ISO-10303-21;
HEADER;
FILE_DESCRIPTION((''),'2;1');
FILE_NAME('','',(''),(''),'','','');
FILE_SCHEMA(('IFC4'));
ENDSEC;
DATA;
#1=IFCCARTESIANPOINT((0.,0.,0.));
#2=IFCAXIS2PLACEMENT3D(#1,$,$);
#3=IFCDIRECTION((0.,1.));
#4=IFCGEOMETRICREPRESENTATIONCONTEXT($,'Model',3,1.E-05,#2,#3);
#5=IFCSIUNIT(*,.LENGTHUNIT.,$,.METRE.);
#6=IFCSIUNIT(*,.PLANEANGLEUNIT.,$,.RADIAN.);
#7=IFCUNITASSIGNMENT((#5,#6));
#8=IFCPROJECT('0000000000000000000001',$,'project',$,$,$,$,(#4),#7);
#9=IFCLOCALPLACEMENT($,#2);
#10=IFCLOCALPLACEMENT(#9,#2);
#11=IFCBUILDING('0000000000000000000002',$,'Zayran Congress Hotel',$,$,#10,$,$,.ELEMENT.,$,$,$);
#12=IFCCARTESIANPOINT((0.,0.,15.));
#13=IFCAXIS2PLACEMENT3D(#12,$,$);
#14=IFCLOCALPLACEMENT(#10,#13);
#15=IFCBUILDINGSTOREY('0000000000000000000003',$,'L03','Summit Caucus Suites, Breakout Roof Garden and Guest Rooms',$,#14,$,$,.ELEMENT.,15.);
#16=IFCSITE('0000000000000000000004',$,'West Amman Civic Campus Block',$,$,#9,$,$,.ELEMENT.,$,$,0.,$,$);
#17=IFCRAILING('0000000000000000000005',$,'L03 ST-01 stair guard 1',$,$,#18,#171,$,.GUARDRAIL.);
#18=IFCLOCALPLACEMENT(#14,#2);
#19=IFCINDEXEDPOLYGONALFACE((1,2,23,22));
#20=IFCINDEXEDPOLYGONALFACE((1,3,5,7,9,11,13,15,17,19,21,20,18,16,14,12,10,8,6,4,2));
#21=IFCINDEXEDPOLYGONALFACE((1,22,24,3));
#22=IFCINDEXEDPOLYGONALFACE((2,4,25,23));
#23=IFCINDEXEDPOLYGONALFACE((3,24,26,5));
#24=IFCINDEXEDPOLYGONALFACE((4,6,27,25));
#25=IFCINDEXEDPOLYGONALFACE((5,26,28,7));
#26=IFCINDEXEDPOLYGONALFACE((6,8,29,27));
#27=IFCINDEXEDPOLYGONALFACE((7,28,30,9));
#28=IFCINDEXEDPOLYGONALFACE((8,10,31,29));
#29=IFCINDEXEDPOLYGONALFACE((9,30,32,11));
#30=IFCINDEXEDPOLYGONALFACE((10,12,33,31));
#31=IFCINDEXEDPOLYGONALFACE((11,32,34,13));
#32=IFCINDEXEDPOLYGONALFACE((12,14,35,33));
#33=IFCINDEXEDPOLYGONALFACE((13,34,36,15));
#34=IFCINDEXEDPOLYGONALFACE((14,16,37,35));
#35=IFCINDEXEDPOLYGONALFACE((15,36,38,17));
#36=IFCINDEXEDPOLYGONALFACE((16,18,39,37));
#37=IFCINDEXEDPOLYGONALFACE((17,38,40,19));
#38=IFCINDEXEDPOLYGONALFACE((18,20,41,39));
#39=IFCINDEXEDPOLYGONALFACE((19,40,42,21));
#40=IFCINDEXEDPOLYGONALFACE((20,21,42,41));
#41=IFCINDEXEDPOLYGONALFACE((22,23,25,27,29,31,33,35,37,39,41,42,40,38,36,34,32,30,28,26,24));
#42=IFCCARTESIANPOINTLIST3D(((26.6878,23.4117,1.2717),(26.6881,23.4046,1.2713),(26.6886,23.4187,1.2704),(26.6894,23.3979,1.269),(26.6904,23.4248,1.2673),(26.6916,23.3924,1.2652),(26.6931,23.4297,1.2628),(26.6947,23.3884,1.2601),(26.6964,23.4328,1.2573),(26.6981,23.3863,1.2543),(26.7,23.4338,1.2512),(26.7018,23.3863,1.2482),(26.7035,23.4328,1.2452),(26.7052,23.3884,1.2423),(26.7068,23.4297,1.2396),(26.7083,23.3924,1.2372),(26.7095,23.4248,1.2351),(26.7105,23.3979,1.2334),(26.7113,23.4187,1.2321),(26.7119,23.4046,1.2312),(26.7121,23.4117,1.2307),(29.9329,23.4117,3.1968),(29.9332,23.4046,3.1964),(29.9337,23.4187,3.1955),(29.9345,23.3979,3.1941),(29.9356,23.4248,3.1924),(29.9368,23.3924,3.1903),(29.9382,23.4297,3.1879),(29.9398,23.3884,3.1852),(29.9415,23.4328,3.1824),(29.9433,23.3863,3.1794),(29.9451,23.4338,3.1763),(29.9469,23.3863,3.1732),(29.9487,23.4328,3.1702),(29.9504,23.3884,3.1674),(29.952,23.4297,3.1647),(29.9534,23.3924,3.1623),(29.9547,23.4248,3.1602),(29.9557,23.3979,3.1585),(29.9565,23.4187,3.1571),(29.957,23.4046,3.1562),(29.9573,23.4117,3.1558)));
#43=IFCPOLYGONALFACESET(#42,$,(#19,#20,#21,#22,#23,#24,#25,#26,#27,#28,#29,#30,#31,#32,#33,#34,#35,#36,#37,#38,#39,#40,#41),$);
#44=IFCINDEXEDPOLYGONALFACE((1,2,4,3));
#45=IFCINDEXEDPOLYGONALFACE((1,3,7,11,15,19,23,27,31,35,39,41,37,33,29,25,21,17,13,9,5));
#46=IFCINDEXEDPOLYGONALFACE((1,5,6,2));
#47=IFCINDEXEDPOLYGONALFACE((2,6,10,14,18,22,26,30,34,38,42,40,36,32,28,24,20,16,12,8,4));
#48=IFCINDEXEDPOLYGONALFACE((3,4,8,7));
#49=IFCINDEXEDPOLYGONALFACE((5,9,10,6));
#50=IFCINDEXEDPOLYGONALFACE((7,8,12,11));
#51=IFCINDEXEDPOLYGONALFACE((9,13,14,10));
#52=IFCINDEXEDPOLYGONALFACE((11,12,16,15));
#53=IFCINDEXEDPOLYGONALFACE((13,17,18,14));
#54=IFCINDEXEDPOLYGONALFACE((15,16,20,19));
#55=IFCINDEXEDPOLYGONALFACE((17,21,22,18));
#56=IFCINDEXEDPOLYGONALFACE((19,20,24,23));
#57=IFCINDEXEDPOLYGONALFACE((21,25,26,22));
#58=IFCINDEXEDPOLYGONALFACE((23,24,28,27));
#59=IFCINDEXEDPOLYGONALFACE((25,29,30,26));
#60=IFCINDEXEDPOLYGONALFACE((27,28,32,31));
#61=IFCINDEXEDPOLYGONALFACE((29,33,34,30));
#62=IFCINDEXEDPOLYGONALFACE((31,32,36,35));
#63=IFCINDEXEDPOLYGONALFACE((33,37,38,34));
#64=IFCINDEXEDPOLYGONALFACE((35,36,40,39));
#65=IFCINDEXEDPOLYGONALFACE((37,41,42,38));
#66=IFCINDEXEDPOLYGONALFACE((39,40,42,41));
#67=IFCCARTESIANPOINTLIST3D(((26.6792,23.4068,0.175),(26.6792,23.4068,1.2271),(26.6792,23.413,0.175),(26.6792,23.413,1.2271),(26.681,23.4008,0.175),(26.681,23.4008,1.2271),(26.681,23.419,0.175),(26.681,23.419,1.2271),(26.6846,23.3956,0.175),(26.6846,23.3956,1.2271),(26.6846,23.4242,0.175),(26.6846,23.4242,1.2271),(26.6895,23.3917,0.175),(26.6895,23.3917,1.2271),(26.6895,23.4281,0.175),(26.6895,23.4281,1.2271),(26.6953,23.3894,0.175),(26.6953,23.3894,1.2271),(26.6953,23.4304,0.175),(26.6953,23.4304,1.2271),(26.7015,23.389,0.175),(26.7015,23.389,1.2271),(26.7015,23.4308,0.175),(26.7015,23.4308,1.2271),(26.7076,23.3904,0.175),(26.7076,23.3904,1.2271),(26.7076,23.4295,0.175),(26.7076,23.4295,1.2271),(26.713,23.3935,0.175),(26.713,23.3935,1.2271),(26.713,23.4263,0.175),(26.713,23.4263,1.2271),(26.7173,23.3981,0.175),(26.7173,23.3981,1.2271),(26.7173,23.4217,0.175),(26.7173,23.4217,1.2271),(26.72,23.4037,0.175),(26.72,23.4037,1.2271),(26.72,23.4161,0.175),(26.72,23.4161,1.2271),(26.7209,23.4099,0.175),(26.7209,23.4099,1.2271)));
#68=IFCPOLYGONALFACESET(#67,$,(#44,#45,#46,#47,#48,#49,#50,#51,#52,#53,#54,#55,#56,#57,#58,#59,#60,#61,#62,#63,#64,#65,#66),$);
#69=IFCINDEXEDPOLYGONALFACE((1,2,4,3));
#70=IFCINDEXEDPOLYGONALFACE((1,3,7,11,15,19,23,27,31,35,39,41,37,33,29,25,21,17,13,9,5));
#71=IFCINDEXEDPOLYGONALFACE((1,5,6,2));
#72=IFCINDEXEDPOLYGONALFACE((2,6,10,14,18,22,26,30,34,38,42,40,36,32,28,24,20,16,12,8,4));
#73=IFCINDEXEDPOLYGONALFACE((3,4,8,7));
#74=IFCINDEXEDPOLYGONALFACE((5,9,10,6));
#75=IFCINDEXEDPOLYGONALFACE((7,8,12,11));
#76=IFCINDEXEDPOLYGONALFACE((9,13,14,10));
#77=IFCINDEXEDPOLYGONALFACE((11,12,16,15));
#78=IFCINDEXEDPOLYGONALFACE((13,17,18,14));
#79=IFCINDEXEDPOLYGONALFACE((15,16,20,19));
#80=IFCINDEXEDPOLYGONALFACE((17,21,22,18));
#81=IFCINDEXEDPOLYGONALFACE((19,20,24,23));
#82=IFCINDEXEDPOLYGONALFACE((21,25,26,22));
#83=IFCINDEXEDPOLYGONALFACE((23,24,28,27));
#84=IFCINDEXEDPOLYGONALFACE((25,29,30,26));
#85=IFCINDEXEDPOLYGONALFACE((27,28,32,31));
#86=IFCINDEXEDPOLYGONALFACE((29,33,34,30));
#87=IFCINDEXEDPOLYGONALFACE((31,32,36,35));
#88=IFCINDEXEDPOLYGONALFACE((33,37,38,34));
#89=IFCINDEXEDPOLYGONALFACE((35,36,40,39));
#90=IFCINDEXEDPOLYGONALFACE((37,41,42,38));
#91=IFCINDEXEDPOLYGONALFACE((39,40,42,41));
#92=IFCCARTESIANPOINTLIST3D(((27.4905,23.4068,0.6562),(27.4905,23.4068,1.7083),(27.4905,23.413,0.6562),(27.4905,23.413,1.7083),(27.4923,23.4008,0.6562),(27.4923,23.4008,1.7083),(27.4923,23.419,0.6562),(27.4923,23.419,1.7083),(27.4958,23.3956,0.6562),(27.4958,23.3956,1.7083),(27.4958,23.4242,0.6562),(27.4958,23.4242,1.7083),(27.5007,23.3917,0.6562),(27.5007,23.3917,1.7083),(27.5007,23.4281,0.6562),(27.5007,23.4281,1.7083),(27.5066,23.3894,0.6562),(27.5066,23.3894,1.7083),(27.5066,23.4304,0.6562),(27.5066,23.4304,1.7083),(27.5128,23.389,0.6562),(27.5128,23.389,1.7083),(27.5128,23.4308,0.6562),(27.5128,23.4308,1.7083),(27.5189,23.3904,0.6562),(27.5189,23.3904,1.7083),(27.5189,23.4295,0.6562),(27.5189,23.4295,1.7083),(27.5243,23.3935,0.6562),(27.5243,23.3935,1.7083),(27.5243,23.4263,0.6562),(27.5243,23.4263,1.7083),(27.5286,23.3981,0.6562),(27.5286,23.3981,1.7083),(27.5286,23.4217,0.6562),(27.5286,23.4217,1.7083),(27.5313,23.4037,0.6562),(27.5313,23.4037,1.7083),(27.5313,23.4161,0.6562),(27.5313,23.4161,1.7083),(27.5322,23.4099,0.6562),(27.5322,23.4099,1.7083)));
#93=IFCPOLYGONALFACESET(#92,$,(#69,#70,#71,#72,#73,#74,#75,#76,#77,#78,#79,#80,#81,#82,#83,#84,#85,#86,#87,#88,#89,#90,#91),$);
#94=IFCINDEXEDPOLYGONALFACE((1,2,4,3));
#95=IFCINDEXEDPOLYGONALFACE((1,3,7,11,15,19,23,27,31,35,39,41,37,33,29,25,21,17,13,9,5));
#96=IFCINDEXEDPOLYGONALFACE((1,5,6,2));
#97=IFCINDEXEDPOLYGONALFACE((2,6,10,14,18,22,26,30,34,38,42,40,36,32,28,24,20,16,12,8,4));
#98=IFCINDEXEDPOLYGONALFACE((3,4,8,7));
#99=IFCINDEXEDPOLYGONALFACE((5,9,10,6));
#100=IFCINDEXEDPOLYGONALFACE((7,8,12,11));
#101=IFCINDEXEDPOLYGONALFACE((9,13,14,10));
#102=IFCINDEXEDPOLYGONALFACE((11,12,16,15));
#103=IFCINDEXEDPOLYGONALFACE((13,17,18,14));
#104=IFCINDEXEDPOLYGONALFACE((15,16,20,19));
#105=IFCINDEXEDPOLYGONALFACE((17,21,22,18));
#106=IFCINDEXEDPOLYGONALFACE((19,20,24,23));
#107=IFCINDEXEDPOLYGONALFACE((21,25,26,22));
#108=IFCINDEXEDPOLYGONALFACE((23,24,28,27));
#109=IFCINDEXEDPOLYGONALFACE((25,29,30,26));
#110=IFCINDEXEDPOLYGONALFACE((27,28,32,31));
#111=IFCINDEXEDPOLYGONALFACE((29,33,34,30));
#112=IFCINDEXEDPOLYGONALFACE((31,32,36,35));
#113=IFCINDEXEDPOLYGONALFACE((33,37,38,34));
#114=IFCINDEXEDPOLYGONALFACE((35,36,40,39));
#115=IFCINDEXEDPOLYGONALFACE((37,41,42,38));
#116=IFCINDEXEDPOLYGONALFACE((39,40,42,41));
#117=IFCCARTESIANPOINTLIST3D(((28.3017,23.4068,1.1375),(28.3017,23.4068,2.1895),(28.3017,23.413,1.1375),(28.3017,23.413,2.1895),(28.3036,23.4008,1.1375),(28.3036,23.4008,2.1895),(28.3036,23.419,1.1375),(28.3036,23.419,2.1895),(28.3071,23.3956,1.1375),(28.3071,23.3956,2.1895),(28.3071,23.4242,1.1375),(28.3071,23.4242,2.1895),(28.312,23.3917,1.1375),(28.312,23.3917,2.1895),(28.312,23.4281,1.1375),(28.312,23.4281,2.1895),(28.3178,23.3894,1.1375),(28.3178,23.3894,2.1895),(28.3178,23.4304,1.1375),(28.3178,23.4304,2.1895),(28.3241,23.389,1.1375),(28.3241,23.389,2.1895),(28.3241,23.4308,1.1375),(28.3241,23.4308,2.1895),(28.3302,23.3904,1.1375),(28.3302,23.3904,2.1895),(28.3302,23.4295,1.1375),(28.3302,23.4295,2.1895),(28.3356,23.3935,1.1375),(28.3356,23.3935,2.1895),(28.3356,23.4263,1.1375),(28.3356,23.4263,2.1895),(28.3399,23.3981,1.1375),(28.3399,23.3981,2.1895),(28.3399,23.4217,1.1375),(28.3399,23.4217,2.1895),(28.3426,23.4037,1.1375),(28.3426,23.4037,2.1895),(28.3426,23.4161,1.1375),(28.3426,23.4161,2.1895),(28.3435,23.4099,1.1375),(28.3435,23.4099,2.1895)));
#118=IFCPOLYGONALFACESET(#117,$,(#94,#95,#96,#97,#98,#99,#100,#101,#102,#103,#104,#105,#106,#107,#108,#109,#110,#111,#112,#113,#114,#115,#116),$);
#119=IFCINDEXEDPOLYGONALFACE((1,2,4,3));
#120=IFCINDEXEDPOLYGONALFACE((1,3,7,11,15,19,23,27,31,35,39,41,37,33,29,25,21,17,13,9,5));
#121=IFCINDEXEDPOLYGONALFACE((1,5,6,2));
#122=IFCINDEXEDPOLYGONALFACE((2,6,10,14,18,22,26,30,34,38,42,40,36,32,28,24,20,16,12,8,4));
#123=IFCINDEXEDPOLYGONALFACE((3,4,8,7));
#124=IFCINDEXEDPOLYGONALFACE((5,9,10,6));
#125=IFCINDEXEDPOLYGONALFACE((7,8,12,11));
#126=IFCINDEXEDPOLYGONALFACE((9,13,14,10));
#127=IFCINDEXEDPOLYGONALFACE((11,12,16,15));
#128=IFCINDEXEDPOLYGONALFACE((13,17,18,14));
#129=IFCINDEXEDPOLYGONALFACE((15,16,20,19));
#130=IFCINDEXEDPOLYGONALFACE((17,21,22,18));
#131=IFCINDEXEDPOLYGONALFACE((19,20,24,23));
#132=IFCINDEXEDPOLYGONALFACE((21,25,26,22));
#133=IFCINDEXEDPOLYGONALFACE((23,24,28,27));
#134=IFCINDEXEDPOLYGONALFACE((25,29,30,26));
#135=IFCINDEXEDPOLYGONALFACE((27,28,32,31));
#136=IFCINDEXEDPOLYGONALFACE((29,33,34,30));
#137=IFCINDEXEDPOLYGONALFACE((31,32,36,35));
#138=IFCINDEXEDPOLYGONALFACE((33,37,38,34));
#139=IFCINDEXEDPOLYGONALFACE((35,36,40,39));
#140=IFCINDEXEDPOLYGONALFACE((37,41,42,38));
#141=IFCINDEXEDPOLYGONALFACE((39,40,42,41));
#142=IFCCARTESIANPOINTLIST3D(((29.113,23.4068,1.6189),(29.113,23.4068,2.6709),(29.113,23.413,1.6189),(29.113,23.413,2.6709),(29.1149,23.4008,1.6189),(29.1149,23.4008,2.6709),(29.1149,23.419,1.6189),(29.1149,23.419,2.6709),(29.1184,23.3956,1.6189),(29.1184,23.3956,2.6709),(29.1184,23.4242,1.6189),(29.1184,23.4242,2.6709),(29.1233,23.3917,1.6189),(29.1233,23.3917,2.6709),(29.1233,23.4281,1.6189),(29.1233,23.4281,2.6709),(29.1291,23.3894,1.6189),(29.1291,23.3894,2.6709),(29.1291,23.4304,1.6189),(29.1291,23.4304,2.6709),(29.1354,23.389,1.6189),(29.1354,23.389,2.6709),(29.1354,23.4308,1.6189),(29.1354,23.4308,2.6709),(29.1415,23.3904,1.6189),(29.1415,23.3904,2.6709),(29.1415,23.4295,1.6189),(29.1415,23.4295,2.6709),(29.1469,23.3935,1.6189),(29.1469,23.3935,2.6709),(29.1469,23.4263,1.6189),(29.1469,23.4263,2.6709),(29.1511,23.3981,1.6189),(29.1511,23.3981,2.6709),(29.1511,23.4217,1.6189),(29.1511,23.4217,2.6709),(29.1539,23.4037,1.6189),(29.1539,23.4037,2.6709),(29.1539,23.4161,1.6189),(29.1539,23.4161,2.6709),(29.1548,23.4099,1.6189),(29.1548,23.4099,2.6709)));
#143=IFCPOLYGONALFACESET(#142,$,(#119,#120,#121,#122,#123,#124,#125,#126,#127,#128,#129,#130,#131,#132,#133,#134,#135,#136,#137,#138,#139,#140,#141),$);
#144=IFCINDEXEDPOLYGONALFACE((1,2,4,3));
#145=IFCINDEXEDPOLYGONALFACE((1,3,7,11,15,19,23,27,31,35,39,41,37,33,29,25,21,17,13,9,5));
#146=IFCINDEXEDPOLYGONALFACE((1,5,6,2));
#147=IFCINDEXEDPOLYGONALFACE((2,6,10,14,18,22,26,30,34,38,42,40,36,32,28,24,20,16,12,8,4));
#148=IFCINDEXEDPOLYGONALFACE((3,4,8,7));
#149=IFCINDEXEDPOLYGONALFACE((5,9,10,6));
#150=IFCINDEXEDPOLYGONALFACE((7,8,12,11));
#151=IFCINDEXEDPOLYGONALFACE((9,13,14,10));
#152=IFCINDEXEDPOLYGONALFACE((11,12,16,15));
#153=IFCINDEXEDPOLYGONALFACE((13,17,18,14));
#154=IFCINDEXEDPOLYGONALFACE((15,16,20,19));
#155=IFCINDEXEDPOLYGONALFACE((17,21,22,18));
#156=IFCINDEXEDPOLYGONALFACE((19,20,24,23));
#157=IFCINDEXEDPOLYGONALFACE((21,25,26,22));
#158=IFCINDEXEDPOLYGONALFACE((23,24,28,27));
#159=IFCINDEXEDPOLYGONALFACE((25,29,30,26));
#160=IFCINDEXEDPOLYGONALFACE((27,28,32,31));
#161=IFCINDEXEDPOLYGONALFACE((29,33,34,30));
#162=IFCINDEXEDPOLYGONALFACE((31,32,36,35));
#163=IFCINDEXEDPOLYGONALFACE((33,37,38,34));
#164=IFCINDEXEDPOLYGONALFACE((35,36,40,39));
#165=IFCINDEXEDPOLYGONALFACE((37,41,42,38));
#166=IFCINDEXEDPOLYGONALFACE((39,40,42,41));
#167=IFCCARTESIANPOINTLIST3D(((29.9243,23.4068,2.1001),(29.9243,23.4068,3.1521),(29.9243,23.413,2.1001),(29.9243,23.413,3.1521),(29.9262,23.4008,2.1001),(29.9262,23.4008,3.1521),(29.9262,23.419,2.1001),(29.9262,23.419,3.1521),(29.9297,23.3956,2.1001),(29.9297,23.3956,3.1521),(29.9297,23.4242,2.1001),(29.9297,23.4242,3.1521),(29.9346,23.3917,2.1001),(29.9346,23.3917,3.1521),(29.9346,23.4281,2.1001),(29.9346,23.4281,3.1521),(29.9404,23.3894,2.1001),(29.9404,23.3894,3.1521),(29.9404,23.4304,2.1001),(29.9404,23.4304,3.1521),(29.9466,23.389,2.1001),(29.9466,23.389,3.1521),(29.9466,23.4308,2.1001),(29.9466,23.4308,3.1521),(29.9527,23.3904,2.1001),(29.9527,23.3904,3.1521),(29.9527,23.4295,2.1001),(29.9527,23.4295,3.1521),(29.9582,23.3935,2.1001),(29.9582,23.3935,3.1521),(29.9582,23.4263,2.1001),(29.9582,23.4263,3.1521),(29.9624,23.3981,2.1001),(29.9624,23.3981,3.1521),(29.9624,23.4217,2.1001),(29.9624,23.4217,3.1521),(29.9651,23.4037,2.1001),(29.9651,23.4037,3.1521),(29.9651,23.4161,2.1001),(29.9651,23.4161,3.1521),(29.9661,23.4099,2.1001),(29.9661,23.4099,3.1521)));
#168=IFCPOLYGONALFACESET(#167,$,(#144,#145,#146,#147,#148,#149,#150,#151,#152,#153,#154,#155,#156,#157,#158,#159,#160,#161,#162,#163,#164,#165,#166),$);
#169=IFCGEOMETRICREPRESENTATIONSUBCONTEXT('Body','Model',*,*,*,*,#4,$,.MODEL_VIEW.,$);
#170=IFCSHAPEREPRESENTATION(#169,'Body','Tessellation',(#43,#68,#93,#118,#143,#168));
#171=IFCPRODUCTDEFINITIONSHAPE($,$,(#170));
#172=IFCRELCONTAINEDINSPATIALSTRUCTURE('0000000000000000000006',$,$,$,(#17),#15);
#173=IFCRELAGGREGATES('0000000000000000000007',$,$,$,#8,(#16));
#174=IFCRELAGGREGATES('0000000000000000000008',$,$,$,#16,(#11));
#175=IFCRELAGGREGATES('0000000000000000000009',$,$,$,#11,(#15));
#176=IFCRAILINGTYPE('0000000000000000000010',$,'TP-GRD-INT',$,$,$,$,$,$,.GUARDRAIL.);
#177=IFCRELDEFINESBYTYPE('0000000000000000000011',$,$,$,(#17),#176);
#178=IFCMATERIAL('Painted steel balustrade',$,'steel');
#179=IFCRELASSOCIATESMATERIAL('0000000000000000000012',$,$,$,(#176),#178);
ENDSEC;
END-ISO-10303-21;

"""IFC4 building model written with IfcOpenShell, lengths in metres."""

from ifc_helpers import new_model, si_unit, direction, frame, origin, origin_2d, place, context, subcontext, project, spatial, circle, extrude, material, type_object, element, save


model = new_model("IFC4")

# Units and contexts
model_context = context("Model", 3, precision=1e-05, world=origin(), true_north=direction((0.0, 1.0)))
body_context = subcontext(model_context, "Body", "Model", "MODEL_VIEW")
ifc_project = project(units=[si_unit("LENGTHUNIT", "METRE"), si_unit("PLANEANGLEUNIT", "RADIAN")], contexts=[model_context])

# Site, building, storey
site_placement = place(None, origin())
site = spatial("IfcSite", under=ifc_project, at=site_placement, Name="West Amman Civic Campus Block", CompositionType="ELEMENT", RefElevation=0.0)
building_placement = place(site_placement, origin())
building = spatial("IfcBuilding", under=site, at=building_placement, Name="Zayran Congress Hotel", CompositionType="ELEMENT")
storey_placement = place(building_placement, frame((0.0, 0.0, 15.0)))
storey = spatial("IfcBuildingStorey", under=building, at=storey_placement, Name="L03", Description="Summit Caucus Suites, Breakout Roof Garden and Guest Rooms", CompositionType="ELEMENT", Elevation=15.0)

# Railing
ifc_material_1 = material(Name="Painted steel balustrade", Category="steel")
railing_type_1 = type_object("IfcRailingType", Name="TP-GRD-INT", PredefinedType="GUARDRAIL", material=ifc_material_1)
railing_1_placement = place(storey_placement, frame((26.7, 23.4099, 0.175)))
element("IfcRailing", 1, at=railing_1_placement, inside=storey, type_object=railing_type_1, Name="L03 ST-01 stair guard 1", PredefinedType="GUARDRAIL", context=body_context, shape_type="SweptSolid", body=[
    extrude(circle(Radius=0.0239, at=origin_2d()), frame((0.0, 0.0, 1.0762), z_axis=(0.860057, 0.0, 0.510198), x_axis=(0.0, 1.0, 0.0)), (0.0, 0.0, 1.0), 3.7732),
    extrude(circle(Radius=0.021, at=origin_2d()), origin(), (0.0, 0.0, 1.0), 1.052),
    extrude(circle(Radius=0.021, at=origin_2d()), frame((0.8113, 0.0, 0.4812)), (0.0, 0.0, 1.0), 1.052),
    extrude(circle(Radius=0.021, at=origin_2d()), frame((1.6226, 0.0, 0.9624)), (0.0, 0.0, 1.0), 1.052),
    extrude(circle(Radius=0.021, at=origin_2d()), frame((2.4338, 0.0, 1.4438)), (0.0, 0.0, 1.0), 1.052),
    extrude(circle(Radius=0.021, at=origin_2d()), frame((3.2451, 0.0, 1.925)), (0.0, 0.0, 1.0), 1.052),
])

save(model, "model.ifc")
